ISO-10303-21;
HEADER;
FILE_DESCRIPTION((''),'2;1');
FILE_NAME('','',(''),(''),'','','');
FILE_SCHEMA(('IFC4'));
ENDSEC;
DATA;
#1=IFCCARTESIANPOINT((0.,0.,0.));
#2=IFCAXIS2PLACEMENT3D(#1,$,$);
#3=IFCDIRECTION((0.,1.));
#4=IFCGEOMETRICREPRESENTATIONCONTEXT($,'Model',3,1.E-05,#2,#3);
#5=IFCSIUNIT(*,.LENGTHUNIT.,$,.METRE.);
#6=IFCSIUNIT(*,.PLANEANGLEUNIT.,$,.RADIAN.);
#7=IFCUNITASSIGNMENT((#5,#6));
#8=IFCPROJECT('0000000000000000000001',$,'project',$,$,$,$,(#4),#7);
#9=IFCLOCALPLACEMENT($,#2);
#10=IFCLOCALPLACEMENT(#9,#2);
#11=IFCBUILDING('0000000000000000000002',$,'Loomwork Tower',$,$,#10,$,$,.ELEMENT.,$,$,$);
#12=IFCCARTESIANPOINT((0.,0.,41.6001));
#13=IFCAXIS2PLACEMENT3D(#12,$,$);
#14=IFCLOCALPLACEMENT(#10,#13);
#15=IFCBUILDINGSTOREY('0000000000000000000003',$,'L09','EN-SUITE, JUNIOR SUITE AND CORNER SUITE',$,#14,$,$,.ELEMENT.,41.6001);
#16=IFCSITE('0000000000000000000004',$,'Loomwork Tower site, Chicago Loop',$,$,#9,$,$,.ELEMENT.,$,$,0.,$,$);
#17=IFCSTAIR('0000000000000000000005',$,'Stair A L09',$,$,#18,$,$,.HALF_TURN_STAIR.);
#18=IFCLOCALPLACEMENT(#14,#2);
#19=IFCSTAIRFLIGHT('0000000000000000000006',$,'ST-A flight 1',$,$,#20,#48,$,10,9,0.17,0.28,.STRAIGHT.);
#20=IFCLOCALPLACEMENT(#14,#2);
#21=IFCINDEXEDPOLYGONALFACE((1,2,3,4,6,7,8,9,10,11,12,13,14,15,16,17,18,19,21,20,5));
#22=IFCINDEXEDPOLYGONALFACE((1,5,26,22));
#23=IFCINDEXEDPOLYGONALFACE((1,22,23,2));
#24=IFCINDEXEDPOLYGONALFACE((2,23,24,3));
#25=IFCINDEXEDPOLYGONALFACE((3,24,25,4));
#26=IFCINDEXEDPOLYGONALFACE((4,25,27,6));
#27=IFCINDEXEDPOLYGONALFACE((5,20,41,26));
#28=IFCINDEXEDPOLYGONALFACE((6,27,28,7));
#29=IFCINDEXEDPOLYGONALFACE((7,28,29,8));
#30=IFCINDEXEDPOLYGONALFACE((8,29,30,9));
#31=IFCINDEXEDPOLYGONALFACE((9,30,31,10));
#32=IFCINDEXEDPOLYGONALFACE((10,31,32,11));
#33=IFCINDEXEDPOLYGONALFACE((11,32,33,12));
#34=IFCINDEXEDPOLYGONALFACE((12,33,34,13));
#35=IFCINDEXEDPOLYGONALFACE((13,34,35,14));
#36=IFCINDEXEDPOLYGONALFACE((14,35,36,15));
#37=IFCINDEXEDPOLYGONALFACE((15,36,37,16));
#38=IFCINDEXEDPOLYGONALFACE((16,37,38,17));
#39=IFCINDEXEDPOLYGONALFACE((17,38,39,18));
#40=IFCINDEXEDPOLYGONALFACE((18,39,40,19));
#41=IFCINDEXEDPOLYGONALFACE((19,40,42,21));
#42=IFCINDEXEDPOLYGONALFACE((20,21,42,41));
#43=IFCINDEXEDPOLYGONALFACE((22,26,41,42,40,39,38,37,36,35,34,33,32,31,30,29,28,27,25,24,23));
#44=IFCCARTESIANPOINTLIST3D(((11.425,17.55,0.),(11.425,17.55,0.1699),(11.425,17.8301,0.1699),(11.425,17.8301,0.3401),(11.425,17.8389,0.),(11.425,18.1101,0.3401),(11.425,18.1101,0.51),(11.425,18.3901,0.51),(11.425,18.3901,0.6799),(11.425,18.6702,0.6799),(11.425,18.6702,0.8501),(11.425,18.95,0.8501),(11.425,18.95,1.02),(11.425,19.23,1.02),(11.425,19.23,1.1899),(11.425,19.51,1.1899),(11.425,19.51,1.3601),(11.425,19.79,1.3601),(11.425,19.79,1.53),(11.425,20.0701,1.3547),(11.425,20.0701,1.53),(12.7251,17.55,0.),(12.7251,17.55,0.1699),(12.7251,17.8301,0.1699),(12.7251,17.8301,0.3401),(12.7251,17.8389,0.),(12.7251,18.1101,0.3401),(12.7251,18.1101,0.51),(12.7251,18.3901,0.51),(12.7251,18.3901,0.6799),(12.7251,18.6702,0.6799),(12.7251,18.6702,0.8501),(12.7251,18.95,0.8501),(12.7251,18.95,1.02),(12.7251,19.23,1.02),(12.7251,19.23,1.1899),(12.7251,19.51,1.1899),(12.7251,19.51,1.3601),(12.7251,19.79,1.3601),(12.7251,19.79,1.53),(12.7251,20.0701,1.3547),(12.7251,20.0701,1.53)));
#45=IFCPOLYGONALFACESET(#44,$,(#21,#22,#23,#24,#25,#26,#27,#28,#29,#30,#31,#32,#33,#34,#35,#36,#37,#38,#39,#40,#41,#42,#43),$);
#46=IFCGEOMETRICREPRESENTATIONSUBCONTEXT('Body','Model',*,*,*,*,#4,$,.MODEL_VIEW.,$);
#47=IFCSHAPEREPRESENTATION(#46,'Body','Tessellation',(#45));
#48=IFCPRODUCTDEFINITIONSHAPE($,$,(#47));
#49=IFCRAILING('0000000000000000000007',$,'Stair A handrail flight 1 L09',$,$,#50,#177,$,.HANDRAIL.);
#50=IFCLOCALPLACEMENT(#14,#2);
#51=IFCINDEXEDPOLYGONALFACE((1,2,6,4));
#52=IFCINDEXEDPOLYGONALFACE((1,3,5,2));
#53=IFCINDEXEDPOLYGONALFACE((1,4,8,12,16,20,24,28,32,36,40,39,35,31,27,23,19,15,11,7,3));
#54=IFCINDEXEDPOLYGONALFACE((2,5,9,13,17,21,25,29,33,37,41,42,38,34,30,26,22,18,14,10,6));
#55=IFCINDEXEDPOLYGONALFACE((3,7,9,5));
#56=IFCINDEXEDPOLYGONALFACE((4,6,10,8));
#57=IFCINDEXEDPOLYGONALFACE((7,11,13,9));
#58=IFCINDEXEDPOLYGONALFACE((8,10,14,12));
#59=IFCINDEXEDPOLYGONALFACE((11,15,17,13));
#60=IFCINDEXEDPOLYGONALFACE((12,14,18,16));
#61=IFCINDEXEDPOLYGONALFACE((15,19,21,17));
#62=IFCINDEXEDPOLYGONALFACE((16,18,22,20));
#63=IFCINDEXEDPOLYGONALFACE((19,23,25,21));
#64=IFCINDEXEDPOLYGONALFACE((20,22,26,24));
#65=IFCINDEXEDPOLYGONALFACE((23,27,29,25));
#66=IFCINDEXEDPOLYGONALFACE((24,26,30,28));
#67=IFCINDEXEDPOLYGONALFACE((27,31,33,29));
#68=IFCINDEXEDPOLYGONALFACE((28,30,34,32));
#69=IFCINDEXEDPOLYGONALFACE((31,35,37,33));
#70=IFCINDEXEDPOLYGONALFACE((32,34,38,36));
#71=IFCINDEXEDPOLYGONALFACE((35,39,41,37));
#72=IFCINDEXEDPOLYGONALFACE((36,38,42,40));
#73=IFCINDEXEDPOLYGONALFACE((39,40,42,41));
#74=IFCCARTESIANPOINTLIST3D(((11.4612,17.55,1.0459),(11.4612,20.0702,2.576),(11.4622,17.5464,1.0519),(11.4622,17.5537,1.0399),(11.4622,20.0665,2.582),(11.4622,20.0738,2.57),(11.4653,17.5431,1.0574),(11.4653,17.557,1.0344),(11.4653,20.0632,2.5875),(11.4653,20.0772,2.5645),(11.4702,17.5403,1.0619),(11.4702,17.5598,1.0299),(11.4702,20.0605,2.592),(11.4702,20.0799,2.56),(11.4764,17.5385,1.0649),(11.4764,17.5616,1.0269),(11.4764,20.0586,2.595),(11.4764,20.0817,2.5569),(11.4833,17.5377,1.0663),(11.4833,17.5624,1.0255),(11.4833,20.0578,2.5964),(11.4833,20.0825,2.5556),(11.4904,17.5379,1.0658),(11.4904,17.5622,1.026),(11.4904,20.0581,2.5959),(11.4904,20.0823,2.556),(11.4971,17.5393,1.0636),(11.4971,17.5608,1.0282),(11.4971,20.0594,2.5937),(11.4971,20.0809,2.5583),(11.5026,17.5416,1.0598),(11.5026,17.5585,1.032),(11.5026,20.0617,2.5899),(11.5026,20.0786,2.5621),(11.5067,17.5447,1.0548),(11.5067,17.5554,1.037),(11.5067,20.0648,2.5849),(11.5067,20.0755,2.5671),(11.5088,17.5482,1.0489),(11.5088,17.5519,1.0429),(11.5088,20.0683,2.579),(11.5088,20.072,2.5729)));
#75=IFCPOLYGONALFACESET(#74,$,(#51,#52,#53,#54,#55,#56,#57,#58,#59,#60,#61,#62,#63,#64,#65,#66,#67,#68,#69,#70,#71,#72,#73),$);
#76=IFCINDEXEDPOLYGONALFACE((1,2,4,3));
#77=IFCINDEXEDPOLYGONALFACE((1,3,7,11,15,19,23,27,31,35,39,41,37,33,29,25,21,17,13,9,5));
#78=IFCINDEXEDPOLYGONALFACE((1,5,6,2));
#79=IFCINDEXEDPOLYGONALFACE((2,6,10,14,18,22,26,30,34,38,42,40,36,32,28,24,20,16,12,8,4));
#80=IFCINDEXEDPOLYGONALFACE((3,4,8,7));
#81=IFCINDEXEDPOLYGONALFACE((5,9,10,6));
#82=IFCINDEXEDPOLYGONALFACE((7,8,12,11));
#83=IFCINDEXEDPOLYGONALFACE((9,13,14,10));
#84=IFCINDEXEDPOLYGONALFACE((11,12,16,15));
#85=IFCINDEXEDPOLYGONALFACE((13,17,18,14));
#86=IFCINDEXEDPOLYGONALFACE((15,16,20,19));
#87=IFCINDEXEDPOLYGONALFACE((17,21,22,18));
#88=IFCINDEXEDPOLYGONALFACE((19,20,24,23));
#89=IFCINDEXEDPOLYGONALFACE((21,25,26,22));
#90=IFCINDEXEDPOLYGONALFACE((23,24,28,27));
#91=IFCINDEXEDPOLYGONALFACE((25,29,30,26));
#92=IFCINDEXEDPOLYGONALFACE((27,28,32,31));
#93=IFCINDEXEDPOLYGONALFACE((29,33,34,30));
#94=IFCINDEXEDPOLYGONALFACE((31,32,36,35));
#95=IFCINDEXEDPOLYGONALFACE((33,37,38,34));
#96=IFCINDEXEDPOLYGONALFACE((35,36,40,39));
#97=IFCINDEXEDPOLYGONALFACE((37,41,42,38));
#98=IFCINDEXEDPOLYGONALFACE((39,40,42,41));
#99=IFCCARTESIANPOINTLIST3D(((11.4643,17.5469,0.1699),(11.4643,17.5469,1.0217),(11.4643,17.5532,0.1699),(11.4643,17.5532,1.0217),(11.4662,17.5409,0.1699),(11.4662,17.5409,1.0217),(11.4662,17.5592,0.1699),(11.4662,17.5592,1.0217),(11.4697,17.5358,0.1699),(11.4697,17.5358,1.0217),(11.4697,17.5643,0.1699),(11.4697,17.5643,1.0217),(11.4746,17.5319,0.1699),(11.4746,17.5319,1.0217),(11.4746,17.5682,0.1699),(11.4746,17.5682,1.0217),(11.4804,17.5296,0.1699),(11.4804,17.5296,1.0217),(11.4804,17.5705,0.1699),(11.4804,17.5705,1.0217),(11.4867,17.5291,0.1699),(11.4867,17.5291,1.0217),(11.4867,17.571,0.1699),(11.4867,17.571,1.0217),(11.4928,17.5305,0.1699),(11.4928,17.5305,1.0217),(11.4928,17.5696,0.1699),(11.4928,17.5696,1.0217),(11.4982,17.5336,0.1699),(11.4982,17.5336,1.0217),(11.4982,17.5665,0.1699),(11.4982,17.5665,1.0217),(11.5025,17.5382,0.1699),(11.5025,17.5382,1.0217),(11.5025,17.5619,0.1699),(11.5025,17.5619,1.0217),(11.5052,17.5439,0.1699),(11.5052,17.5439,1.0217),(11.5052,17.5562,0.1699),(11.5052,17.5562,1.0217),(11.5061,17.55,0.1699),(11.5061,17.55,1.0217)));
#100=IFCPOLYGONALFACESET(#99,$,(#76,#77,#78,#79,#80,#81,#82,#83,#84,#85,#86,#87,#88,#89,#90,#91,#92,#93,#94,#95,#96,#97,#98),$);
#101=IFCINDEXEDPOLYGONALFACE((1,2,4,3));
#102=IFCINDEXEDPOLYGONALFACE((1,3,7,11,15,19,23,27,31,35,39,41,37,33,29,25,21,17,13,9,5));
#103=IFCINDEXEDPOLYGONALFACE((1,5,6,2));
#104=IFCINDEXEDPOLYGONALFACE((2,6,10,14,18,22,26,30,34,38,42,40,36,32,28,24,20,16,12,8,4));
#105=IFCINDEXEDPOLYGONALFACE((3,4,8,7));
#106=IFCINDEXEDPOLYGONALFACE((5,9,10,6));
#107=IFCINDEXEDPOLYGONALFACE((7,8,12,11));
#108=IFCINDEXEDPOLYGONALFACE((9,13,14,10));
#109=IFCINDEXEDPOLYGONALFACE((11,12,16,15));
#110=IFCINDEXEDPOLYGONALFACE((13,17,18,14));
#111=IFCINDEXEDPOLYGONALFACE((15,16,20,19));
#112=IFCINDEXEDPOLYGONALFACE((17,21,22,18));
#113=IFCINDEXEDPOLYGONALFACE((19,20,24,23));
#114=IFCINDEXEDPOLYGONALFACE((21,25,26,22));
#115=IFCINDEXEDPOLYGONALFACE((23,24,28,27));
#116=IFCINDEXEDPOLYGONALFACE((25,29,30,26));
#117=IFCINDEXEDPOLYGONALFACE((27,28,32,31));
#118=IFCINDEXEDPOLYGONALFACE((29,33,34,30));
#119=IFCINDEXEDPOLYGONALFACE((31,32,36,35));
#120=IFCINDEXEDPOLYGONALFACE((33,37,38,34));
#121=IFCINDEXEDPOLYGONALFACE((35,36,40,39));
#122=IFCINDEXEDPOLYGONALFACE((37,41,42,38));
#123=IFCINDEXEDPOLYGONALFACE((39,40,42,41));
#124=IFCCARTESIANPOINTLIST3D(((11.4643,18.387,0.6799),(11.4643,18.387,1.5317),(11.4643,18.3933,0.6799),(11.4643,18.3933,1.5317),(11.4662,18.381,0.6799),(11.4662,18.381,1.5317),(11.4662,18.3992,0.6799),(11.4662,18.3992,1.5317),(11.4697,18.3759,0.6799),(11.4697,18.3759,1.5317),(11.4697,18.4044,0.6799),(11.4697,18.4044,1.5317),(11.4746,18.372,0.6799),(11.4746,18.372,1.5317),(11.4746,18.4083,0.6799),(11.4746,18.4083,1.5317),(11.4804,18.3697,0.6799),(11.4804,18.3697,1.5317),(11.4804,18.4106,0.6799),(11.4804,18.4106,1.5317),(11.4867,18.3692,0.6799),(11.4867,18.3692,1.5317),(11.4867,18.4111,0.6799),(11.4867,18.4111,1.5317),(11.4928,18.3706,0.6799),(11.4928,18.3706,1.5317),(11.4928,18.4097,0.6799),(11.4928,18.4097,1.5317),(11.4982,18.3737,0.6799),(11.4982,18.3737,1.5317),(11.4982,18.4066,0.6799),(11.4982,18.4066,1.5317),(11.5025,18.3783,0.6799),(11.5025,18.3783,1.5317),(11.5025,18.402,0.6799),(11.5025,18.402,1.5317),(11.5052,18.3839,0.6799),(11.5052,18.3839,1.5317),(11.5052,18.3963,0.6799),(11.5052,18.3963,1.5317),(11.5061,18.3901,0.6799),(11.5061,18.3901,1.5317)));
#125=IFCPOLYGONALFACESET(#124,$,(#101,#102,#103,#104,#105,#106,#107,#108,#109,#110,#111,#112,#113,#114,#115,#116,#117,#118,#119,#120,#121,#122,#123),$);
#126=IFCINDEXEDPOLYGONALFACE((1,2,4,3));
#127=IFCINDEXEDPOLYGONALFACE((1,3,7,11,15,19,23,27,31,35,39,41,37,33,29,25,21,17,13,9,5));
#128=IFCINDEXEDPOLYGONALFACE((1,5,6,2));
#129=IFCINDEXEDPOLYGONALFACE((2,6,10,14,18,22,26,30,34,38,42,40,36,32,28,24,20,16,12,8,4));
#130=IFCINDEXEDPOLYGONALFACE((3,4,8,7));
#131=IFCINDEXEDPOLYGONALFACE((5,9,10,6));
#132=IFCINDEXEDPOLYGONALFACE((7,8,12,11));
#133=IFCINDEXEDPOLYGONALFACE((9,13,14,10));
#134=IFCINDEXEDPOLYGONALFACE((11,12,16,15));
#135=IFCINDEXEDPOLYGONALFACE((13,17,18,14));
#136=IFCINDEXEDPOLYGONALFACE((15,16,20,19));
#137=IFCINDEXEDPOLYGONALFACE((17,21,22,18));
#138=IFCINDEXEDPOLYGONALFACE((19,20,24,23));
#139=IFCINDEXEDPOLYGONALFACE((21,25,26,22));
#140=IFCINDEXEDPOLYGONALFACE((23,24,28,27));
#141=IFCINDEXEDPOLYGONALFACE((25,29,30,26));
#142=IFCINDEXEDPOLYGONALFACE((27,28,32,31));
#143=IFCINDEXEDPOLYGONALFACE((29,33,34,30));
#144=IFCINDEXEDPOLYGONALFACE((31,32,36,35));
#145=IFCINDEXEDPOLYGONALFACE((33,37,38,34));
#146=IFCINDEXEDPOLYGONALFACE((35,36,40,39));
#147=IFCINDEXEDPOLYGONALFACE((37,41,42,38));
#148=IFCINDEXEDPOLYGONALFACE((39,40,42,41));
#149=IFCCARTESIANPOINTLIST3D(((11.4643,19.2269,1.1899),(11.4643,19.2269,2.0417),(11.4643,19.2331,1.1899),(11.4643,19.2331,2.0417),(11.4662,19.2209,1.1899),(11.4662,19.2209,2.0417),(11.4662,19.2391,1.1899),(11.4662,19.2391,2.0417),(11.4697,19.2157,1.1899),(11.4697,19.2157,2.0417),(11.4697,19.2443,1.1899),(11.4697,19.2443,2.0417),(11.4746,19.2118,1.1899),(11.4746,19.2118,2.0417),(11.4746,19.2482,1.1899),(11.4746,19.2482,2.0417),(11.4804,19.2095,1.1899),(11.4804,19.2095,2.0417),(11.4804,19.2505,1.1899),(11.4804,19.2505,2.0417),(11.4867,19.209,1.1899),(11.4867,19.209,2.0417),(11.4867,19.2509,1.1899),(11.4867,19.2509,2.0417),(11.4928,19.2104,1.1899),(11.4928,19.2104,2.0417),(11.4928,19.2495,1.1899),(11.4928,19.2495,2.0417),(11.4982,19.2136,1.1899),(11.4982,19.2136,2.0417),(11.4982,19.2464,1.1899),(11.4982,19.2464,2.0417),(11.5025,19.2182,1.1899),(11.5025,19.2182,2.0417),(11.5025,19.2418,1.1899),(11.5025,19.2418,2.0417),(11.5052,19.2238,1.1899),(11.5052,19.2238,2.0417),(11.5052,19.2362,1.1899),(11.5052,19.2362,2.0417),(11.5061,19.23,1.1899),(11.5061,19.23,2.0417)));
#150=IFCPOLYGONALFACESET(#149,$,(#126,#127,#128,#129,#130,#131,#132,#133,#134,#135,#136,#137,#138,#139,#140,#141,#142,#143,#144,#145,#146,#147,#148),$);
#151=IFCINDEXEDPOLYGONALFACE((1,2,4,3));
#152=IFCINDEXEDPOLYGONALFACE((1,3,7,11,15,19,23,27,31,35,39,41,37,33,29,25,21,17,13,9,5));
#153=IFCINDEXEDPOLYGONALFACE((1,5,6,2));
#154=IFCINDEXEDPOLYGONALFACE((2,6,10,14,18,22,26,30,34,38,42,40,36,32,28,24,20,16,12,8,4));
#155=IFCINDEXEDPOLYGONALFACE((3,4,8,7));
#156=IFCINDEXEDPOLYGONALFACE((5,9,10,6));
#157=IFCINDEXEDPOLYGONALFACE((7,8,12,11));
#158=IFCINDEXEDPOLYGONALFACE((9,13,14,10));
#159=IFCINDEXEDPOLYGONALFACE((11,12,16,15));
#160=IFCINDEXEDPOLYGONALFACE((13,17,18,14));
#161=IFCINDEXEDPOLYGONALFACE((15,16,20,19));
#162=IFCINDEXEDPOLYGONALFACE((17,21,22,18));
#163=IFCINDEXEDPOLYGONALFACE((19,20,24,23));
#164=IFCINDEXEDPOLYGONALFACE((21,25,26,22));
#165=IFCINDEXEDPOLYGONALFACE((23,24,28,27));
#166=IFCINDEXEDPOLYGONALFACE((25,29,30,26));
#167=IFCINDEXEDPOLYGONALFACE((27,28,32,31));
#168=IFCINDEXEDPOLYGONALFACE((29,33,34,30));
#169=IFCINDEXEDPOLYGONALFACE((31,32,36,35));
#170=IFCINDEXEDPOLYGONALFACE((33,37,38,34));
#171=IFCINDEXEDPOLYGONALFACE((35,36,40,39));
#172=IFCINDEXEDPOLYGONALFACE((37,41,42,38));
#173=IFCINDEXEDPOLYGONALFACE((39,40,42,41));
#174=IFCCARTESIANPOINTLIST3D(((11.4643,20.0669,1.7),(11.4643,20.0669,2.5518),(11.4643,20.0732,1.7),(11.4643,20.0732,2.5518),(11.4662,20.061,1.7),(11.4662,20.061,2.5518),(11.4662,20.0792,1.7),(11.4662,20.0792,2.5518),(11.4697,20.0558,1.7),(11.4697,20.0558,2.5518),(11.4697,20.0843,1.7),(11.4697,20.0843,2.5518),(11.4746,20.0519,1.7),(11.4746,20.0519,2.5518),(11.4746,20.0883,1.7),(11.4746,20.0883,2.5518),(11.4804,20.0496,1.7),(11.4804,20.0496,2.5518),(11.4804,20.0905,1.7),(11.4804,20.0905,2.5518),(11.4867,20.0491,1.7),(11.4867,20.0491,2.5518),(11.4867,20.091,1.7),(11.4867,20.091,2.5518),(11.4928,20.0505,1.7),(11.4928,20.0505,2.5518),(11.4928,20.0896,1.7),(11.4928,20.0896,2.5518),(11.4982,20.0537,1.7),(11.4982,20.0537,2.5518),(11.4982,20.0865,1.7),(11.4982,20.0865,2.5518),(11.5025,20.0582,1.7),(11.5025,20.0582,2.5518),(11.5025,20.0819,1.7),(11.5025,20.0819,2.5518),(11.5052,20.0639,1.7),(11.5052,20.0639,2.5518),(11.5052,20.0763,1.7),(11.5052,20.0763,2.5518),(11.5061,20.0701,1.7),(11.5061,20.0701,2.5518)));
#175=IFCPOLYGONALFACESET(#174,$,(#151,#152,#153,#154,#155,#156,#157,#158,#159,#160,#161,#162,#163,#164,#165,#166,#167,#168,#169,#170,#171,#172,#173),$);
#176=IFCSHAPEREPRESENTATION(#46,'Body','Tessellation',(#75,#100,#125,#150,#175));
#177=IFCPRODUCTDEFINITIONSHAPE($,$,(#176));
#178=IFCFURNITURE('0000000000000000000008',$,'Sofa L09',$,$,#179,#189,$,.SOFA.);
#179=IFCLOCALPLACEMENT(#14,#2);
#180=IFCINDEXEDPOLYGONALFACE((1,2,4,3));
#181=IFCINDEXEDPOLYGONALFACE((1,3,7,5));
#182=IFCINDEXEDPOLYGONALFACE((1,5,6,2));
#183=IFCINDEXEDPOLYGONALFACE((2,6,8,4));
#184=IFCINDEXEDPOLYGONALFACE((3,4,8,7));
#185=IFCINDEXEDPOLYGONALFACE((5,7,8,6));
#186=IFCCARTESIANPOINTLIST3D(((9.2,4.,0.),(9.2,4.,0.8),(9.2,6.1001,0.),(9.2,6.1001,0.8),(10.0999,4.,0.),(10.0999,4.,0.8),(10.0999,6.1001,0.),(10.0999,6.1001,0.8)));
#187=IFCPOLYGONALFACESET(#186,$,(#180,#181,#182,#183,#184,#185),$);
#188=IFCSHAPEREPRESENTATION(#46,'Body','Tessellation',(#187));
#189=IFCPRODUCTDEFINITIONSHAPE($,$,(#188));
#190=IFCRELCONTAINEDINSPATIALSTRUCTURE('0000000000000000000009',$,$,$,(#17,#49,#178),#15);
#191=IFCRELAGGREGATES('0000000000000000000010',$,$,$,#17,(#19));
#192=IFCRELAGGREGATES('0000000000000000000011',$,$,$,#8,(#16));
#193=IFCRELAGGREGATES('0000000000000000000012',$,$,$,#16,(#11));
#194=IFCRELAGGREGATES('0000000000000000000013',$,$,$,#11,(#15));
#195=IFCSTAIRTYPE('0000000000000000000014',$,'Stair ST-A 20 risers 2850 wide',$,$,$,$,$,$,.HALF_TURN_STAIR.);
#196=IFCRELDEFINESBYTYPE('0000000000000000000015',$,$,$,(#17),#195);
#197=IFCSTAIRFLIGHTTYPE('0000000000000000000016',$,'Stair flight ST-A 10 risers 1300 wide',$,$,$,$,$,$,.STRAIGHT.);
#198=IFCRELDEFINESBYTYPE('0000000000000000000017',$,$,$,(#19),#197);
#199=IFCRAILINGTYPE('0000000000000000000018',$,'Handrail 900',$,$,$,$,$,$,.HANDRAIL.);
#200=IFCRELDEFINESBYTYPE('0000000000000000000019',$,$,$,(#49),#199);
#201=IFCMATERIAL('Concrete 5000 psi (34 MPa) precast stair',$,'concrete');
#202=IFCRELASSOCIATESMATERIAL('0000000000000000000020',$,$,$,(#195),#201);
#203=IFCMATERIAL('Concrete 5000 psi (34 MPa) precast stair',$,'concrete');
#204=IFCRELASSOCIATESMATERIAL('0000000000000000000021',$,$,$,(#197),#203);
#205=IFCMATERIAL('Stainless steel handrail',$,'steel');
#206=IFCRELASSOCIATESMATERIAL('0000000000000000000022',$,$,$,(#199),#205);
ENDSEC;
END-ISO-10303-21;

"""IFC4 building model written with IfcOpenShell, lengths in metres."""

from ifc_helpers import new_model, si_unit, direction, frame, origin, origin_2d, place, context, subcontext, project, spatial, polyline, rectangle, circle, outline, extrude, material, type_object, element, aggregate, save


model = new_model("IFC4")

# Units and contexts
model_context = context("Model", 3, precision=1e-05, world=origin(), true_north=direction((0.0, 1.0)))
body_context = subcontext(model_context, "Body", "Model", "MODEL_VIEW")
ifc_project = project(units=[si_unit("LENGTHUNIT", "METRE"), si_unit("PLANEANGLEUNIT", "RADIAN")], contexts=[model_context])

# Site, building, storey
site_placement = place(None, origin())
site = spatial("IfcSite", under=ifc_project, at=site_placement, Name="Loomwork Tower site, Chicago Loop", CompositionType="ELEMENT", RefElevation=0.0)
building_placement = place(site_placement, origin())
building = spatial("IfcBuilding", under=site, at=building_placement, Name="Loomwork Tower", CompositionType="ELEMENT")
storey_placement = place(building_placement, frame((0.0, 0.0, 41.6001)))
storey = spatial("IfcBuildingStorey", under=building, at=storey_placement, Name="L09", Description="EN-SUITE, JUNIOR SUITE AND CORNER SUITE", CompositionType="ELEMENT", Elevation=41.6001)

# Stair, stair flight
ifc_material_1 = material(Name="Concrete 5000 psi (34 MPa) precast stair", Category="concrete")
stair_type = type_object("IfcStairType", Name="Stair ST-A 20 risers 2850 wide", PredefinedType="HALF_TURN_STAIR", material=ifc_material_1)
stair_placement = place(storey_placement, origin())
stair = element("IfcStair", 1, at=stair_placement, inside=storey, type_object=stair_type, Name="Stair A L09", PredefinedType="HALF_TURN_STAIR")
ifc_material_2 = material(Name="Concrete 5000 psi (34 MPa) precast stair", Category="concrete")
stair_flight_type = type_object("IfcStairFlightType", Name="Stair flight ST-A 10 risers 1300 wide", PredefinedType="STRAIGHT", material=ifc_material_2)
stair_flight_placement = place(storey_placement, frame((12.075, 17.55, 0.0), z_axis=(0.0, 0.0, 1.0), x_axis=(0.0, 1.0, 0.0)))
stair_flight = element("IfcStairFlight", 2, at=stair_flight_placement, type_object=stair_flight_type, Name="ST-A flight 1", NumberOfRisers=10, NumberOfTreads=9, PredefinedType="STRAIGHT", RiserHeight=0.17, TreadLength=0.28, context=body_context, shape_type="SweptSolid", body=[
    extrude(outline(polyline([(0.0, 0.0), (0.0, 0.1699), (0.28, 0.1699), (0.28, 0.3401), (0.5601, 0.3401), (0.5601, 0.51), (0.8401, 0.51), (0.8401, 0.6799), (1.1201, 0.6799), (1.1201, 0.8501), (1.3999, 0.8501), (1.3999, 1.02), (1.6799, 1.02), (1.6799, 1.1899), (1.96, 1.1899), (1.96, 1.3601), (2.24, 1.3601), (2.24, 1.53), (2.52, 1.53), (2.52, 1.7), (2.52, 1.3547), (0.2888, 0.0), (0.0, 0.0)])), frame((0.0, 0.6499, 0.0), z_axis=(0.0, -1.0, 0.0), x_axis=(1.0, 0.0, 0.0)), (0.0, 0.0, 1.0), 1.3),
])
aggregate(stair, [stair_flight])

# Railing
ifc_material_3 = material(Name="Stainless steel handrail", Category="steel")
railing_type = type_object("IfcRailingType", Name="Handrail 900", PredefinedType="HANDRAIL", material=ifc_material_3)
railing_placement = place(storey_placement, frame((11.4851, 17.55, 0.1699)))
element("IfcRailing", 3, at=railing_placement, inside=storey, type_object=railing_type, Name="Stair A handrail flight 1 L09", PredefinedType="HANDRAIL", context=body_context, shape_type="SweptSolid", body=[
    extrude(circle(Radius=0.0239, at=origin_2d()), frame((0.0, 0.0, 0.876), z_axis=(0.0, 0.854785, 0.518982), x_axis=(-1.0, 0.0, 0.0)), (0.0, 0.0, 1.0), 2.9482),
    extrude(circle(Radius=0.021, at=origin_2d()), origin(), (0.0, 0.0, 1.0), 0.8518),
    extrude(circle(Radius=0.021, at=origin_2d()), frame((0.0, 0.8401, 0.51)), (0.0, 0.0, 1.0), 0.8518),
    extrude(circle(Radius=0.021, at=origin_2d()), frame((0.0, 1.6799, 1.02)), (0.0, 0.0, 1.0), 0.8518),
    extrude(circle(Radius=0.021, at=origin_2d()), frame((0.0, 2.52, 1.53)), (0.0, 0.0, 1.0), 0.8518),
])

# Furniture
furniture_placement = place(storey_placement, frame((9.6499, 5.05, 0.0), z_axis=(0.0, 0.0, 1.0), x_axis=(1.0, 0.0, 0.0)))
element("IfcFurniture", 4, at=furniture_placement, inside=storey, Name="Sofa L09", PredefinedType="SOFA", context=body_context, shape_type="SweptSolid", body=[
    extrude(rectangle(XDim=0.8999, YDim=2.1001, at=origin_2d()), origin(), (0.0, 0.0, 1.0), 0.8),
])

save(model, "model.ifc")
